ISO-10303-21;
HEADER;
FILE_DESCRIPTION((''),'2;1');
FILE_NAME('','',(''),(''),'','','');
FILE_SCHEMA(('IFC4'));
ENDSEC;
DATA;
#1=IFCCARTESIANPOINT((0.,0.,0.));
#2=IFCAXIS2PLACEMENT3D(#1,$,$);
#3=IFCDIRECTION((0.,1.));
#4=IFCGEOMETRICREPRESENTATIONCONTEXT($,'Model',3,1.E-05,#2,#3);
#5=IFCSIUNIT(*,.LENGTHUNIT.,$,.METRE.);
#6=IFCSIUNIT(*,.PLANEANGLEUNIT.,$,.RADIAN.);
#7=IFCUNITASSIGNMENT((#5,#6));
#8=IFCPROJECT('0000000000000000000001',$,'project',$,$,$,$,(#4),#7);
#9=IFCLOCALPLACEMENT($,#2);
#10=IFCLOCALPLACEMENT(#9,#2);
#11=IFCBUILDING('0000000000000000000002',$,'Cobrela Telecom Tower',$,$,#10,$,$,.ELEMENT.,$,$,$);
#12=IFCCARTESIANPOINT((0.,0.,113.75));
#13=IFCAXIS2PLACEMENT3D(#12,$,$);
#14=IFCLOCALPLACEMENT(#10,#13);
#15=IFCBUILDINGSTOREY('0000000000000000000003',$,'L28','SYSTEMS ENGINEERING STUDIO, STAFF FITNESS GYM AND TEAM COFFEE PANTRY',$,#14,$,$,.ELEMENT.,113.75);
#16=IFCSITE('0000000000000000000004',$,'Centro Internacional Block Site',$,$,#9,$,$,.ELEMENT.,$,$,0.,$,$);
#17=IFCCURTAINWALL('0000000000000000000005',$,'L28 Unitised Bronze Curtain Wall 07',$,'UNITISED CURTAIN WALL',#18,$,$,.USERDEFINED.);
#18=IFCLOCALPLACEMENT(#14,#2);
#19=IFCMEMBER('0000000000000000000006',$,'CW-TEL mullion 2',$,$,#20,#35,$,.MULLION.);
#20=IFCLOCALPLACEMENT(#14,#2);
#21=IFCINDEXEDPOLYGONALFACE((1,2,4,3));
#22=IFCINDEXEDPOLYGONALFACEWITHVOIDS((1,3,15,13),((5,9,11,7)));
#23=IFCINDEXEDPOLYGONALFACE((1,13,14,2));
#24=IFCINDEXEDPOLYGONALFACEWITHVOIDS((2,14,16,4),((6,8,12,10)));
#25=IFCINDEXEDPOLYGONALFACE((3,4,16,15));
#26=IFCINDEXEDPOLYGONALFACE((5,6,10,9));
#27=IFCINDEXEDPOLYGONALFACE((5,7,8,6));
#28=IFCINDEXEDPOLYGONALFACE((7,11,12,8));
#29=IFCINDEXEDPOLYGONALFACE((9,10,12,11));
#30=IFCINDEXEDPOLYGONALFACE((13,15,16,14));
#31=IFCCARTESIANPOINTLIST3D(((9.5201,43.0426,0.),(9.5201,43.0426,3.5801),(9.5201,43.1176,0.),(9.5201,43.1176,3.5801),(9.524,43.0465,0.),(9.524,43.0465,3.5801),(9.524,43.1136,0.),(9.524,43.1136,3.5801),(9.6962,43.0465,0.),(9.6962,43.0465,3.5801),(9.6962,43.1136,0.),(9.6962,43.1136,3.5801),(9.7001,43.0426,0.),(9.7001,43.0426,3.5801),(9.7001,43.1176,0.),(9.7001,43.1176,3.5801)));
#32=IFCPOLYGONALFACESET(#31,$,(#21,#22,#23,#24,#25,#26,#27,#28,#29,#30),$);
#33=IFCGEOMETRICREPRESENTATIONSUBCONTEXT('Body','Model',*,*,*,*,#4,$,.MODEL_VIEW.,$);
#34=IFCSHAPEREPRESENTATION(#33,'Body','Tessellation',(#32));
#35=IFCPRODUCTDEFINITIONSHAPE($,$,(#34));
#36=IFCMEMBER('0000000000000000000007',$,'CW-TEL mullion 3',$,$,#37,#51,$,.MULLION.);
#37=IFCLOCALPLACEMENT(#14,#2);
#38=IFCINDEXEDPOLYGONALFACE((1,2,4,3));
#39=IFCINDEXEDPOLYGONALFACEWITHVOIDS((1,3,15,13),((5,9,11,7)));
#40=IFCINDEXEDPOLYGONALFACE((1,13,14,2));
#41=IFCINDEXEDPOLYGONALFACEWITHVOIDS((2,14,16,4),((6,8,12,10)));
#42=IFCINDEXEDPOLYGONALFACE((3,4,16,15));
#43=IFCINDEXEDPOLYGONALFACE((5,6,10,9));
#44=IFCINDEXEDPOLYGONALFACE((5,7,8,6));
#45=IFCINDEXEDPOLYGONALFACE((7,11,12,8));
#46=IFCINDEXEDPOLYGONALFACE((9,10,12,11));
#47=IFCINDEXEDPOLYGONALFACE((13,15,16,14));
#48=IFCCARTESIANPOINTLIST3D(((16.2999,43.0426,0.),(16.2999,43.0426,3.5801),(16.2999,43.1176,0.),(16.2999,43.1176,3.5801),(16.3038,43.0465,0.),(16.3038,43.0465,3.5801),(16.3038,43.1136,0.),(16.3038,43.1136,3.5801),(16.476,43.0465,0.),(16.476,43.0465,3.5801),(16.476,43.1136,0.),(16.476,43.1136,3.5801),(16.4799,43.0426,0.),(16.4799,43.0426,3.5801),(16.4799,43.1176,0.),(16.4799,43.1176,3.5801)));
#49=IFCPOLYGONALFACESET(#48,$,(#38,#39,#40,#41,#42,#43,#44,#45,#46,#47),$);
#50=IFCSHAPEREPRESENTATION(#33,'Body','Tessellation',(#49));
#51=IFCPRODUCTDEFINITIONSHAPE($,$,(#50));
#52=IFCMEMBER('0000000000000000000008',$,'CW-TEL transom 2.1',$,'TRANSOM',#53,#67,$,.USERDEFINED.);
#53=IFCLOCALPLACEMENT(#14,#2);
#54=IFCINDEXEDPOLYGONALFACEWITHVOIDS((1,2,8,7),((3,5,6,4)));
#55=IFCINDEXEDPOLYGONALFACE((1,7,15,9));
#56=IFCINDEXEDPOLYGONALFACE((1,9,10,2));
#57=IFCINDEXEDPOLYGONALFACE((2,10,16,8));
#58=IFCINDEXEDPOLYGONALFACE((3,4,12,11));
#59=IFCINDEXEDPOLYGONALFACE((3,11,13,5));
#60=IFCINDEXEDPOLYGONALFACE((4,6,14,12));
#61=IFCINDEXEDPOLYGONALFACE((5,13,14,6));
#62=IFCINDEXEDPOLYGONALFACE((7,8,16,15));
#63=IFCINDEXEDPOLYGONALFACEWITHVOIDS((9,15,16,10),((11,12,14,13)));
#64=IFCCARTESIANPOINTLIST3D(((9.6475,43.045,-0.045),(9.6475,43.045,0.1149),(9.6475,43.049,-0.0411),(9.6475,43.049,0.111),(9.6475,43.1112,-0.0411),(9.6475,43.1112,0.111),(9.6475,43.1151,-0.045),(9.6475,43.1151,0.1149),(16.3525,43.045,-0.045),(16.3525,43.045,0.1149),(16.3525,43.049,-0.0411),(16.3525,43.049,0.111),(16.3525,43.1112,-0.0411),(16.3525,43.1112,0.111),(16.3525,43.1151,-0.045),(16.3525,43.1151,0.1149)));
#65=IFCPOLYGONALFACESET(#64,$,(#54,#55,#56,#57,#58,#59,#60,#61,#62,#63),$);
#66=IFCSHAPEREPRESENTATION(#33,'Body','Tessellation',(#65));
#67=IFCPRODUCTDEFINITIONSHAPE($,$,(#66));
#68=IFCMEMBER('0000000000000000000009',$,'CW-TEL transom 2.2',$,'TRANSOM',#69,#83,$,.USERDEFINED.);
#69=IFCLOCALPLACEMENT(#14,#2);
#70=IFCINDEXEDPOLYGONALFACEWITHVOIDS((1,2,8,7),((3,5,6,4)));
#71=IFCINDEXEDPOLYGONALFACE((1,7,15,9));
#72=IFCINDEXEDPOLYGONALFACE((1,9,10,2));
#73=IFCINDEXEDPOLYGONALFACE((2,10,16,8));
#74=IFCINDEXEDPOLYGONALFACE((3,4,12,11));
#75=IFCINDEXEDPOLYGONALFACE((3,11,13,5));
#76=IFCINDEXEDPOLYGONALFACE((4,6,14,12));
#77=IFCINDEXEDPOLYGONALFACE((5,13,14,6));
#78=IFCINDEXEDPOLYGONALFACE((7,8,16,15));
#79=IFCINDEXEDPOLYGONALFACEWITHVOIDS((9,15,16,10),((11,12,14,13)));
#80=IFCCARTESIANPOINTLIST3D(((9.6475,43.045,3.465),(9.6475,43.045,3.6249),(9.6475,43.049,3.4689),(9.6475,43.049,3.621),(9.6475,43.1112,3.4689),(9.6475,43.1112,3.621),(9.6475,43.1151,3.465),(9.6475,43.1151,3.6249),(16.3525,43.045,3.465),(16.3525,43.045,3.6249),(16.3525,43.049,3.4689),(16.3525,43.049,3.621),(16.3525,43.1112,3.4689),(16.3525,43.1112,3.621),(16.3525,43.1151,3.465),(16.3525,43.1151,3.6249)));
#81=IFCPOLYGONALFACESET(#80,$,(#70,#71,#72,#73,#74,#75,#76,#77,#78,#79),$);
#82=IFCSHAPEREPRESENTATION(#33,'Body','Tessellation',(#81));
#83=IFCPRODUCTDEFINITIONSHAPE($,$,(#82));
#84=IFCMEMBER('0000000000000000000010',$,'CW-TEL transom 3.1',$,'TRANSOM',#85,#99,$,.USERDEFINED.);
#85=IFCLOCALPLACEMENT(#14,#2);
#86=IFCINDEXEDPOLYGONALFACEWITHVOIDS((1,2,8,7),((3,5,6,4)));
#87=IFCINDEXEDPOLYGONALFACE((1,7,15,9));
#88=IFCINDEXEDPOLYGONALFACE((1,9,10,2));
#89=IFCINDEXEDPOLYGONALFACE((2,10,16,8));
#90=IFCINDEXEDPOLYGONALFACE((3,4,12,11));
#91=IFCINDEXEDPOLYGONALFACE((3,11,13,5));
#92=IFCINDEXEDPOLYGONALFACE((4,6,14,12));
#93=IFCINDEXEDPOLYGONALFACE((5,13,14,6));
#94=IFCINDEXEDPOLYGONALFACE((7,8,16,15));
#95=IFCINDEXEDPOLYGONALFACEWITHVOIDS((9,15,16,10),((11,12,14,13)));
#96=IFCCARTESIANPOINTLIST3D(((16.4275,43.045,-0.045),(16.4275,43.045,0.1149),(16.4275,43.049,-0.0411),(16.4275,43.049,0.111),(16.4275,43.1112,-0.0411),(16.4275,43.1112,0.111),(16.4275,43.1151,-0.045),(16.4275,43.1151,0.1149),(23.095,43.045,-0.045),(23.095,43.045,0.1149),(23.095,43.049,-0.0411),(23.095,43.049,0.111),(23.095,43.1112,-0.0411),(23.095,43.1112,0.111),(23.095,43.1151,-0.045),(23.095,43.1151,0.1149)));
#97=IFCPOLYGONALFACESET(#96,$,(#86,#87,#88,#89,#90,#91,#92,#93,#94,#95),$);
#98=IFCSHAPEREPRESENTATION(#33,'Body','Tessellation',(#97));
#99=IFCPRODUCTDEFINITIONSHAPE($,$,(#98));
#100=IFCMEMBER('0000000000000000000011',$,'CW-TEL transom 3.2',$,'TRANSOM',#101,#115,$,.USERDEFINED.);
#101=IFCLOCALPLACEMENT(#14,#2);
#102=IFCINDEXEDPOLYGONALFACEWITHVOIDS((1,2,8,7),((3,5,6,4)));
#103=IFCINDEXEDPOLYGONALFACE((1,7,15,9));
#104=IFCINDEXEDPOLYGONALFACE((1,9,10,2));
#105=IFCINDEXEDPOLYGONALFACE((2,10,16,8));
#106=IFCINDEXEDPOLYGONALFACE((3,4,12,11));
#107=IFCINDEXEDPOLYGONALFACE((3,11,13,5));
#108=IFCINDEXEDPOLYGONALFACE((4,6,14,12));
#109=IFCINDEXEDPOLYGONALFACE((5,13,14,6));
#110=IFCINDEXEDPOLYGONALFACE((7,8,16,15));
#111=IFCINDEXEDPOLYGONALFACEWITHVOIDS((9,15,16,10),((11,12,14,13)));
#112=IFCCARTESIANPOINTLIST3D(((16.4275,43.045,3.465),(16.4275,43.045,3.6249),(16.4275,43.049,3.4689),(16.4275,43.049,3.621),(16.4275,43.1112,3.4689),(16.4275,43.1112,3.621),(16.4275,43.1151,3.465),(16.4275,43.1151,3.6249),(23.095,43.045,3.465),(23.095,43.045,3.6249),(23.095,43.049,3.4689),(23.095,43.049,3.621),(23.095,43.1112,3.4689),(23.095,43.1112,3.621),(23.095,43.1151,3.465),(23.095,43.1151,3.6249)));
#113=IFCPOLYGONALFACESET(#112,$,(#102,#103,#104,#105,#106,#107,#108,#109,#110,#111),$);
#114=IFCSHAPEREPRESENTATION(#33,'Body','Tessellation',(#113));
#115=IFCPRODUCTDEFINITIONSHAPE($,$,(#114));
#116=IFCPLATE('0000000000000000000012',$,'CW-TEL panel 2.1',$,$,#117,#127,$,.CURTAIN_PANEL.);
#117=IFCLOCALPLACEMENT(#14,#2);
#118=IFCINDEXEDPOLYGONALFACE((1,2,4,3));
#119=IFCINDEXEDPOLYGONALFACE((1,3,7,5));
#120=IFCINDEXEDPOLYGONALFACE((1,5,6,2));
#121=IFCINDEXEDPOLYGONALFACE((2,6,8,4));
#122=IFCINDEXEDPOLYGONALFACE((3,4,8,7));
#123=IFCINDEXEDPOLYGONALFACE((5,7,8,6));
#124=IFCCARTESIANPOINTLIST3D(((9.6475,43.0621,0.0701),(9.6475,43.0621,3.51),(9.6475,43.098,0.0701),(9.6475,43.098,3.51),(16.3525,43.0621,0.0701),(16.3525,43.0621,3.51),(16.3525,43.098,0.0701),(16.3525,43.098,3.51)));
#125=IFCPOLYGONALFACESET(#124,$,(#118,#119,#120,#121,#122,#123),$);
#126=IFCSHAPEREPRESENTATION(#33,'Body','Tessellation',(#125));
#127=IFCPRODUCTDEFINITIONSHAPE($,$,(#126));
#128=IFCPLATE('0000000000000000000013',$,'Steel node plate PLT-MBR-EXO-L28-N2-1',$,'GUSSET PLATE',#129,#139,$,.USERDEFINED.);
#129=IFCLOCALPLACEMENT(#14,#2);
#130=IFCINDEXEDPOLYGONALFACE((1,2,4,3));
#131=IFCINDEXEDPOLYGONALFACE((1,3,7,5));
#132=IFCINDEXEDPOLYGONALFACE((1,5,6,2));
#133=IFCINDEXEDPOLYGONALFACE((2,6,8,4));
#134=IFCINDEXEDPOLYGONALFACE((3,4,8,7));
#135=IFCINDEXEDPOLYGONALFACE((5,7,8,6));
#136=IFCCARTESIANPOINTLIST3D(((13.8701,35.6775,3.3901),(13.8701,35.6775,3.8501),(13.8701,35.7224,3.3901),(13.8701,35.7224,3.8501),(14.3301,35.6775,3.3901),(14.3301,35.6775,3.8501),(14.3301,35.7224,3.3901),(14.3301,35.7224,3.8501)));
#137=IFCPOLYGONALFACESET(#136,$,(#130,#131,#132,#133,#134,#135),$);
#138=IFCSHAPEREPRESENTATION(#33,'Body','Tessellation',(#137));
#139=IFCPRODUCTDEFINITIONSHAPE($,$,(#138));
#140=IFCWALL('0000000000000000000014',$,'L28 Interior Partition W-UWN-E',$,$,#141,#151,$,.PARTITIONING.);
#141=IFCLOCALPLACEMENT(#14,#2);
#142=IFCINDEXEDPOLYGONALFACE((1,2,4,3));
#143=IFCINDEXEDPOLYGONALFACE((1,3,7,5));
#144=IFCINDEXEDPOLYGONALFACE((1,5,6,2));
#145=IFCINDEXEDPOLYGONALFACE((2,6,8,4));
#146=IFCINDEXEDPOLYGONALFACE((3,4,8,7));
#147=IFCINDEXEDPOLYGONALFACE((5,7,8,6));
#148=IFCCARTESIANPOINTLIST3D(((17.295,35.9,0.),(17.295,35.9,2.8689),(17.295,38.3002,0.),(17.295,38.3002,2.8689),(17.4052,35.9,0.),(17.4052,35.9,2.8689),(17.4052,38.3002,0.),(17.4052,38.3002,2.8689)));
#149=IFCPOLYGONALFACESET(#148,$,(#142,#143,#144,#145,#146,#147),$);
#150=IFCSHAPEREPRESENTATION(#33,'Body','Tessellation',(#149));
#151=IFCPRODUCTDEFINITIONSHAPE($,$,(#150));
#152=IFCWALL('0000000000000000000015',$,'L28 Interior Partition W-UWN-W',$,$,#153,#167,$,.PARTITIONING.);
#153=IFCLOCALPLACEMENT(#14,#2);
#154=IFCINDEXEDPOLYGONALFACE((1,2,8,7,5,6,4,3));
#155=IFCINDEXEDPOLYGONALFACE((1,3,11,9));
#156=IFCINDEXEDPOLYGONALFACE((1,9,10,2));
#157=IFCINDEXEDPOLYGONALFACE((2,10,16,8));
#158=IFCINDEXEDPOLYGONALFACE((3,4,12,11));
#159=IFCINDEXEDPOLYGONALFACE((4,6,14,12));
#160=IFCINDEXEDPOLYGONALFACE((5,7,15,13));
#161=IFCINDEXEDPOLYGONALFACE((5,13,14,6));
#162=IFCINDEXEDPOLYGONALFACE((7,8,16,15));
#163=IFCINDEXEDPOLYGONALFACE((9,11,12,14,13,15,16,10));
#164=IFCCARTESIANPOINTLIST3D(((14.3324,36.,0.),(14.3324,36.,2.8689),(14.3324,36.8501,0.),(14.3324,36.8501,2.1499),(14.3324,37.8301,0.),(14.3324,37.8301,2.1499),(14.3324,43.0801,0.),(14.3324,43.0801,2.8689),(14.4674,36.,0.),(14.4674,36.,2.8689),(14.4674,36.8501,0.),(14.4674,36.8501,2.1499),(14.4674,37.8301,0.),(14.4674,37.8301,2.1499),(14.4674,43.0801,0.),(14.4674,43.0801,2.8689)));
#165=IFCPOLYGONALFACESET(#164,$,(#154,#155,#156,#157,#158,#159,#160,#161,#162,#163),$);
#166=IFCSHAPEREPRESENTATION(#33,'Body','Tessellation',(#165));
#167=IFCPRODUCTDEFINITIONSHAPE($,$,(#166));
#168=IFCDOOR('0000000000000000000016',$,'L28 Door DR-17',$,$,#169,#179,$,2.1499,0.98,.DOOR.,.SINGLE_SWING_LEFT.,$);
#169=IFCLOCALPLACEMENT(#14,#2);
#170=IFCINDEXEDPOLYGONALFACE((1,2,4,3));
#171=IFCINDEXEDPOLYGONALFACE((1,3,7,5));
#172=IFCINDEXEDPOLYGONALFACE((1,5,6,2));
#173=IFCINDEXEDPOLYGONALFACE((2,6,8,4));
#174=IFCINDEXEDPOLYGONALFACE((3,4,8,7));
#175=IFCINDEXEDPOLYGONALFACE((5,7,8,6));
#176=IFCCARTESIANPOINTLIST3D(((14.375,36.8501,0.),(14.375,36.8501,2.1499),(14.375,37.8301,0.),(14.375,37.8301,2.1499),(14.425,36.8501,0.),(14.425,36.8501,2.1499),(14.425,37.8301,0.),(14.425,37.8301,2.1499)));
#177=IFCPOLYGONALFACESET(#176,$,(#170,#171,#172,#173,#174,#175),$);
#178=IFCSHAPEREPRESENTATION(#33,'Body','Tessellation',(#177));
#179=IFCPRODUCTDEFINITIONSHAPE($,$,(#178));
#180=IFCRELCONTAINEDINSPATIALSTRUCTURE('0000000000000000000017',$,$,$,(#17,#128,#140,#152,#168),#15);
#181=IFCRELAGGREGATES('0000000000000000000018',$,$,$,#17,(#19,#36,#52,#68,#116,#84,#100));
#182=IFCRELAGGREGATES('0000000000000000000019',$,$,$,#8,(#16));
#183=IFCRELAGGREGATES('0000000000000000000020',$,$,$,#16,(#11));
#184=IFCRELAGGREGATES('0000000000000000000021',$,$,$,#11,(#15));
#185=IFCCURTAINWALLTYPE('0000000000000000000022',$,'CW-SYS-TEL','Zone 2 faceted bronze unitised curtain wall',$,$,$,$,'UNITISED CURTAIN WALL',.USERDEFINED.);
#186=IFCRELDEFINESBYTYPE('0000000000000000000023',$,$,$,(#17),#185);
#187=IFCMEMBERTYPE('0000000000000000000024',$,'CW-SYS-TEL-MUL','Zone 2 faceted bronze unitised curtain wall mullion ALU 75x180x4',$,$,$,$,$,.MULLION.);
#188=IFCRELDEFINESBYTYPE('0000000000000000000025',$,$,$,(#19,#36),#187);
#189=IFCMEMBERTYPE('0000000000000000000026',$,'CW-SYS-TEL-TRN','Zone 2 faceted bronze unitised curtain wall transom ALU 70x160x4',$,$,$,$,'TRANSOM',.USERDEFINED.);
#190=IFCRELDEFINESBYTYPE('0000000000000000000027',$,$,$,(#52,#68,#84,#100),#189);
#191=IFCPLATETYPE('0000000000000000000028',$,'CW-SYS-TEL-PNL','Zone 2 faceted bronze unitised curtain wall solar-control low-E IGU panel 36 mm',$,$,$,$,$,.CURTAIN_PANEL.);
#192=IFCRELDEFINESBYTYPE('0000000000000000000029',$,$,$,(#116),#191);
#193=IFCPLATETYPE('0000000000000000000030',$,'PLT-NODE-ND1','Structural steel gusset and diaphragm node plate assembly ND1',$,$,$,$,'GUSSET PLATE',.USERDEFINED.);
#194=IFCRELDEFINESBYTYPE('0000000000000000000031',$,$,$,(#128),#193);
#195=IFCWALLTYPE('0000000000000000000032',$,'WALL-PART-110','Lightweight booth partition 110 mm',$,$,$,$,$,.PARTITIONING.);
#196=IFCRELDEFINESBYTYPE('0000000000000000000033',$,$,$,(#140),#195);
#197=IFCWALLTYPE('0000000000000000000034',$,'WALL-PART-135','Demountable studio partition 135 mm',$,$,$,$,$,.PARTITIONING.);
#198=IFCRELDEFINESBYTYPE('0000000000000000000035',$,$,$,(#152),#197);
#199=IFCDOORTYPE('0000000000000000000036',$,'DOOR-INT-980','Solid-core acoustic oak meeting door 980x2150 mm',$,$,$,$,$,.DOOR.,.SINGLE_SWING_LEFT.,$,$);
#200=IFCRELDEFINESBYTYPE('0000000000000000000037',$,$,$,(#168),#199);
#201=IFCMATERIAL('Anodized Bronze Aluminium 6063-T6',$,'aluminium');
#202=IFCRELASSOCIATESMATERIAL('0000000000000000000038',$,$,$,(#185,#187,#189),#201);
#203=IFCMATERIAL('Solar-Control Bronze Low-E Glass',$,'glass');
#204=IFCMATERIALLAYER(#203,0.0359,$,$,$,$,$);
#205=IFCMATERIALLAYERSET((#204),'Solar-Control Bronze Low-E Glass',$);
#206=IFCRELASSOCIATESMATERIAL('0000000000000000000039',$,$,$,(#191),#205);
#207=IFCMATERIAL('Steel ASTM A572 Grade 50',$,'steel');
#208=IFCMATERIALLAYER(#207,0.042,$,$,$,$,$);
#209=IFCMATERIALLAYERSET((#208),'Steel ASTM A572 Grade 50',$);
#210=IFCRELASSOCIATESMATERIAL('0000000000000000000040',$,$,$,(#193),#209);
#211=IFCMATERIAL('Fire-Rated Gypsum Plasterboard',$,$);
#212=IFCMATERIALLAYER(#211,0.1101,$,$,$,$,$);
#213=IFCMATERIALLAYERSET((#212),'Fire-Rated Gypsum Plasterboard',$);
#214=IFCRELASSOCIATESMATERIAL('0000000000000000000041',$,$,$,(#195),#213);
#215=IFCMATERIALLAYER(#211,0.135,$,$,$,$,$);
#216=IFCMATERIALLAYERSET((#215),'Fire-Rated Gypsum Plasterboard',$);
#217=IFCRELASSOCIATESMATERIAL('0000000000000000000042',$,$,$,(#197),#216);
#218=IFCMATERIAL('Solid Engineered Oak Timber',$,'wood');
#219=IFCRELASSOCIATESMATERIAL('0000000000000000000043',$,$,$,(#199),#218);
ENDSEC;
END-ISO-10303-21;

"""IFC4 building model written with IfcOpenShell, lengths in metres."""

from ifc_helpers import new_model, si_unit, direction, frame, frame_2d, origin, origin_2d, place, context, subcontext, project, spatial, rectangle, hollow_rectangle, extrude, material, layer, layer_set, material_profile, profile_set, type_object, element, fill, aggregate, save


model = new_model("IFC4")

# Units and contexts
model_context = context("Model", 3, precision=1e-05, world=origin(), true_north=direction((0.0, 1.0)))
body_context = subcontext(model_context, "Body", "Model", "MODEL_VIEW")
ifc_project = project(units=[si_unit("LENGTHUNIT", "METRE"), si_unit("PLANEANGLEUNIT", "RADIAN")], contexts=[model_context])

# Site, building, storey
site_placement = place(None, origin())
site = spatial("IfcSite", under=ifc_project, at=site_placement, Name="Centro Internacional Block Site", CompositionType="ELEMENT", RefElevation=0.0)
building_placement = place(site_placement, origin())
building = spatial("IfcBuilding", under=site, at=building_placement, Name="Cobrela Telecom Tower", CompositionType="ELEMENT")
storey_placement = place(building_placement, frame((0.0, 0.0, 113.75)))
storey = spatial("IfcBuildingStorey", under=building, at=storey_placement, Name="L28", Description="SYSTEMS ENGINEERING STUDIO, STAFF FITNESS GYM AND TEAM COFFEE PANTRY", CompositionType="ELEMENT", Elevation=113.75)

# Shared definitions
ifc_material_1 = material(Name="Steel ASTM A572 Grade 50", Category="steel")

# Curtain wall, members, plate
ifc_material_2 = material(Name="Anodized Bronze Aluminium 6063-T6", Category="aluminium")
curtain_wall_type = type_object("IfcCurtainWallType", Name="CW-SYS-TEL", Description="Zone 2 faceted bronze unitised curtain wall", ElementType="UNITISED CURTAIN WALL", PredefinedType="USERDEFINED", material=ifc_material_2)
curtain_wall_placement = place(storey_placement, origin())
curtain_wall = element("IfcCurtainWall", 1, at=curtain_wall_placement, inside=storey, type_object=curtain_wall_type, Name="L28 Unitised Bronze Curtain Wall 07", ObjectType="UNITISED CURTAIN WALL", PredefinedType="USERDEFINED")
ifc_material_profile_1 = material_profile(ifc_material_2, hollow_rectangle(XDim=0.075, YDim=0.1799, WallThickness=0.0039, at=origin_2d()), Name="ALU 75x180x4")
ifc_profile_set_1 = profile_set([ifc_material_profile_1], Name="Anodized Bronze Aluminium 6063-T6")
member_type_1 = type_object("IfcMemberType", Name="CW-SYS-TEL-MUL", Description="Zone 2 faceted bronze unitised curtain wall mullion ALU 75x180x4", PredefinedType="MULLION", material=ifc_profile_set_1)
member_1_placement = place(storey_placement, frame((9.6101, 43.0801, 0.0), z_axis=(0.0, 0.0, 1.0), x_axis=(0.0, 1.0, 0.0)))
member_1 = element("IfcMember", 2, at=member_1_placement, type_object=member_type_1, Name="CW-TEL mullion 2", PredefinedType="MULLION", context=body_context, shape_type="SweptSolid", body=[
    extrude(hollow_rectangle(XDim=0.075, YDim=0.1799, WallThickness=0.0039, at=origin_2d()), origin(), (0.0, 0.0, 1.0), 3.5801),
])
member_2_placement = place(storey_placement, frame((16.3899, 43.0801, 0.0), z_axis=(0.0, 0.0, 1.0), x_axis=(0.0, 1.0, 0.0)))
member_2 = element("IfcMember", 3, at=member_2_placement, type_object=member_type_1, Name="CW-TEL mullion 3", PredefinedType="MULLION", context=body_context, shape_type="SweptSolid", body=[
    extrude(hollow_rectangle(XDim=0.075, YDim=0.1799, WallThickness=0.0039, at=origin_2d()), origin(), (0.0, 0.0, 1.0), 3.5801),
])
ifc_material_profile_2 = material_profile(ifc_material_2, hollow_rectangle(XDim=0.0701, YDim=0.1599, WallThickness=0.0039, at=origin_2d()), Name="ALU 70x160x4")
ifc_profile_set_2 = profile_set([ifc_material_profile_2], Name="Anodized Bronze Aluminium 6063-T6")
member_type_2 = type_object("IfcMemberType", Name="CW-SYS-TEL-TRN", Description="Zone 2 faceted bronze unitised curtain wall transom ALU 70x160x4", ElementType="TRANSOM", PredefinedType="USERDEFINED", material=ifc_profile_set_2)
member_3_placement = place(storey_placement, frame((9.6475, 43.0801, 0.0349), z_axis=(1.0, 0.0, 0.0), x_axis=(0.0, 1.0, 0.0)))
member_3 = element("IfcMember", 4, at=member_3_placement, type_object=member_type_2, Name="CW-TEL transom 2.1", ObjectType="TRANSOM", PredefinedType="USERDEFINED", context=body_context, shape_type="SweptSolid", body=[
    extrude(hollow_rectangle(XDim=0.0701, YDim=0.1599, WallThickness=0.0039, at=origin_2d()), origin(), (0.0, 0.0, 1.0), 6.7051),
])
member_4_placement = place(storey_placement, frame((9.6475, 43.0801, 3.5449), z_axis=(1.0, 0.0, 0.0), x_axis=(0.0, 1.0, 0.0)))
member_4 = element("IfcMember", 5, at=member_4_placement, type_object=member_type_2, Name="CW-TEL transom 2.2", ObjectType="TRANSOM", PredefinedType="USERDEFINED", context=body_context, shape_type="SweptSolid", body=[
    extrude(hollow_rectangle(XDim=0.0701, YDim=0.1599, WallThickness=0.0039, at=origin_2d()), origin(), (0.0, 0.0, 1.0), 6.7051),
])
member_5_placement = place(storey_placement, frame((16.4275, 43.0801, 0.0349), z_axis=(1.0, 0.0, 0.0), x_axis=(0.0, 1.0, 0.0)))
member_5 = element("IfcMember", 6, at=member_5_placement, type_object=member_type_2, Name="CW-TEL transom 3.1", ObjectType="TRANSOM", PredefinedType="USERDEFINED", context=body_context, shape_type="SweptSolid", body=[
    extrude(hollow_rectangle(XDim=0.0701, YDim=0.1599, WallThickness=0.0039, at=origin_2d()), origin(), (0.0, 0.0, 1.0), 6.6675),
])
member_6_placement = place(storey_placement, frame((16.4275, 43.0801, 3.5449), z_axis=(1.0, 0.0, 0.0), x_axis=(0.0, 1.0, 0.0)))
member_6 = element("IfcMember", 7, at=member_6_placement, type_object=member_type_2, Name="CW-TEL transom 3.2", ObjectType="TRANSOM", PredefinedType="USERDEFINED", context=body_context, shape_type="SweptSolid", body=[
    extrude(hollow_rectangle(XDim=0.0701, YDim=0.1599, WallThickness=0.0039, at=origin_2d()), origin(), (0.0, 0.0, 1.0), 6.6675),
])
ifc_material_3 = material(Name="Solar-Control Bronze Low-E Glass", Category="glass")
ifc_layer_1 = layer(ifc_material_3, 0.0359)
ifc_layer_set_1 = layer_set([ifc_layer_1], Name="Solar-Control Bronze Low-E Glass")
plate_type_1 = type_object("IfcPlateType", Name="CW-SYS-TEL-PNL", Description="Zone 2 faceted bronze unitised curtain wall solar-control low-E IGU panel 36 mm", PredefinedType="CURTAIN_PANEL", material=ifc_layer_set_1)
plate_1_placement = place(storey_placement, frame((13.0, 43.0801, 0.0701), z_axis=(0.0, 0.0, 1.0), x_axis=(1.0, 0.0, 0.0)))
plate_1 = element("IfcPlate", 8, at=plate_1_placement, type_object=plate_type_1, Name="CW-TEL panel 2.1", PredefinedType="CURTAIN_PANEL", context=body_context, shape_type="SweptSolid", body=[
    extrude(rectangle(XDim=6.7051, YDim=0.0359, at=origin_2d()), origin(), (0.0, 0.0, 1.0), 3.4399),
])
aggregate(curtain_wall, [member_1, member_2, member_3, member_4, plate_1, member_5, member_6])

# Plate
ifc_layer_2 = layer(ifc_material_1, 0.042)
ifc_layer_set_2 = layer_set([ifc_layer_2], Name="Steel ASTM A572 Grade 50")
plate_type_2 = type_object("IfcPlateType", Name="PLT-NODE-ND1", Description="Structural steel gusset and diaphragm node plate assembly ND1", ElementType="GUSSET PLATE", PredefinedType="USERDEFINED", material=ifc_layer_set_2)
plate_2_placement = place(storey_placement, frame((14.1001, 35.7, 3.3901), z_axis=(0.0, 0.0, 1.0), x_axis=(1.0, 0.0, 0.0)))
element("IfcPlate", 9, at=plate_2_placement, inside=storey, type_object=plate_type_2, Name="Steel node plate PLT-MBR-EXO-L28-N2-1", ObjectType="GUSSET PLATE", PredefinedType="USERDEFINED", context=body_context, shape_type="SweptSolid", body=[
    extrude(rectangle(XDim=0.46, YDim=0.0449, at=origin_2d()), origin(), (0.0, 0.0, 1.0), 0.46),
])

# Wall
ifc_material_4 = material(Name="Fire-Rated Gypsum Plasterboard")
ifc_layer_3 = layer(ifc_material_4, 0.1101)
ifc_layer_set_3 = layer_set([ifc_layer_3], Name="Fire-Rated Gypsum Plasterboard")
wall_type_1 = type_object("IfcWallType", Name="WALL-PART-110", Description="Lightweight booth partition 110 mm", PredefinedType="PARTITIONING", material=ifc_layer_set_3)
wall_1_placement = place(storey_placement, frame((17.3501, 35.8999, 0.0), z_axis=(0.0, 0.0, 1.0), x_axis=(0.0, 1.0, 0.0)))
element("IfcWall", 10, at=wall_1_placement, inside=storey, type_object=wall_type_1, Name="L28 Interior Partition W-UWN-E", PredefinedType="PARTITIONING", context=body_context, shape_type="SweptSolid", body=[
    extrude(rectangle(XDim=2.4001, YDim=0.1101, at=frame_2d((1.2002, 0.0))), origin(), (0.0, 0.0, 1.0), 2.8689),
])

# Wall, opening, door
ifc_layer_4 = layer(ifc_material_4, 0.135)
ifc_layer_set_4 = layer_set([ifc_layer_4], Name="Fire-Rated Gypsum Plasterboard")
wall_type_2 = type_object("IfcWallType", Name="WALL-PART-135", Description="Demountable studio partition 135 mm", PredefinedType="PARTITIONING", material=ifc_layer_set_4)
wall_2_placement = place(storey_placement, frame((14.3999, 36.0, 0.0), z_axis=(0.0, 0.0, 1.0), x_axis=(0.0, 1.0, 0.0)))
wall_2 = element("IfcWall", 11, at=wall_2_placement, inside=storey, type_object=wall_type_2, Name="L28 Interior Partition W-UWN-W", PredefinedType="PARTITIONING", context=body_context, shape_type="SweptSolid", body=[
    extrude(rectangle(XDim=7.0801, YDim=0.135, at=frame_2d((3.54, 0.0))), origin(), (0.0, 0.0, 1.0), 2.8689),
])
opening_1_placement = place(wall_2_placement, frame((0.8501, 0.0, 0.0)))
opening_1 = element("IfcOpeningElement", 12, at=opening_1_placement, cuts=wall_2, PredefinedType="OPENING", context=body_context, shape_type="SweptSolid", body=[
    extrude(rectangle(XDim=0.98, YDim=2.1499, at=frame_2d((0.49, 1.075))), frame((0.0, 0.0796, 0.0), z_axis=(0.0, -1.0, 0.0), x_axis=(1.0, 0.0, 0.0)), (0.0, 0.0, 1.0), 0.1589),
])
ifc_material_5 = material(Name="Solid Engineered Oak Timber", Category="wood")
door_type = type_object("IfcDoorType", Name="DOOR-INT-980", Description="Solid-core acoustic oak meeting door 980x2150 mm", OperationType="SINGLE_SWING_LEFT", PredefinedType="DOOR", material=ifc_material_5)
door_1_placement = place(opening_1_placement, origin())
door_1 = element("IfcDoor", 13, at=door_1_placement, inside=storey, type_object=door_type, Name="L28 Door DR-17", OperationType="SINGLE_SWING_LEFT", OverallHeight=2.1499, OverallWidth=0.98, PredefinedType="DOOR", context=body_context, shape_type="SweptSolid", body=[
    extrude(rectangle(XDim=0.98, YDim=2.1499, at=frame_2d((0.49, 1.075))), frame((0.0, 0.0249, 0.0), z_axis=(0.0, -1.0, 0.0), x_axis=(1.0, 0.0, 0.0)), (0.0, 0.0, 1.0), 0.05),
])
fill(opening_1, door_1)

save(model, "model.ifc")
